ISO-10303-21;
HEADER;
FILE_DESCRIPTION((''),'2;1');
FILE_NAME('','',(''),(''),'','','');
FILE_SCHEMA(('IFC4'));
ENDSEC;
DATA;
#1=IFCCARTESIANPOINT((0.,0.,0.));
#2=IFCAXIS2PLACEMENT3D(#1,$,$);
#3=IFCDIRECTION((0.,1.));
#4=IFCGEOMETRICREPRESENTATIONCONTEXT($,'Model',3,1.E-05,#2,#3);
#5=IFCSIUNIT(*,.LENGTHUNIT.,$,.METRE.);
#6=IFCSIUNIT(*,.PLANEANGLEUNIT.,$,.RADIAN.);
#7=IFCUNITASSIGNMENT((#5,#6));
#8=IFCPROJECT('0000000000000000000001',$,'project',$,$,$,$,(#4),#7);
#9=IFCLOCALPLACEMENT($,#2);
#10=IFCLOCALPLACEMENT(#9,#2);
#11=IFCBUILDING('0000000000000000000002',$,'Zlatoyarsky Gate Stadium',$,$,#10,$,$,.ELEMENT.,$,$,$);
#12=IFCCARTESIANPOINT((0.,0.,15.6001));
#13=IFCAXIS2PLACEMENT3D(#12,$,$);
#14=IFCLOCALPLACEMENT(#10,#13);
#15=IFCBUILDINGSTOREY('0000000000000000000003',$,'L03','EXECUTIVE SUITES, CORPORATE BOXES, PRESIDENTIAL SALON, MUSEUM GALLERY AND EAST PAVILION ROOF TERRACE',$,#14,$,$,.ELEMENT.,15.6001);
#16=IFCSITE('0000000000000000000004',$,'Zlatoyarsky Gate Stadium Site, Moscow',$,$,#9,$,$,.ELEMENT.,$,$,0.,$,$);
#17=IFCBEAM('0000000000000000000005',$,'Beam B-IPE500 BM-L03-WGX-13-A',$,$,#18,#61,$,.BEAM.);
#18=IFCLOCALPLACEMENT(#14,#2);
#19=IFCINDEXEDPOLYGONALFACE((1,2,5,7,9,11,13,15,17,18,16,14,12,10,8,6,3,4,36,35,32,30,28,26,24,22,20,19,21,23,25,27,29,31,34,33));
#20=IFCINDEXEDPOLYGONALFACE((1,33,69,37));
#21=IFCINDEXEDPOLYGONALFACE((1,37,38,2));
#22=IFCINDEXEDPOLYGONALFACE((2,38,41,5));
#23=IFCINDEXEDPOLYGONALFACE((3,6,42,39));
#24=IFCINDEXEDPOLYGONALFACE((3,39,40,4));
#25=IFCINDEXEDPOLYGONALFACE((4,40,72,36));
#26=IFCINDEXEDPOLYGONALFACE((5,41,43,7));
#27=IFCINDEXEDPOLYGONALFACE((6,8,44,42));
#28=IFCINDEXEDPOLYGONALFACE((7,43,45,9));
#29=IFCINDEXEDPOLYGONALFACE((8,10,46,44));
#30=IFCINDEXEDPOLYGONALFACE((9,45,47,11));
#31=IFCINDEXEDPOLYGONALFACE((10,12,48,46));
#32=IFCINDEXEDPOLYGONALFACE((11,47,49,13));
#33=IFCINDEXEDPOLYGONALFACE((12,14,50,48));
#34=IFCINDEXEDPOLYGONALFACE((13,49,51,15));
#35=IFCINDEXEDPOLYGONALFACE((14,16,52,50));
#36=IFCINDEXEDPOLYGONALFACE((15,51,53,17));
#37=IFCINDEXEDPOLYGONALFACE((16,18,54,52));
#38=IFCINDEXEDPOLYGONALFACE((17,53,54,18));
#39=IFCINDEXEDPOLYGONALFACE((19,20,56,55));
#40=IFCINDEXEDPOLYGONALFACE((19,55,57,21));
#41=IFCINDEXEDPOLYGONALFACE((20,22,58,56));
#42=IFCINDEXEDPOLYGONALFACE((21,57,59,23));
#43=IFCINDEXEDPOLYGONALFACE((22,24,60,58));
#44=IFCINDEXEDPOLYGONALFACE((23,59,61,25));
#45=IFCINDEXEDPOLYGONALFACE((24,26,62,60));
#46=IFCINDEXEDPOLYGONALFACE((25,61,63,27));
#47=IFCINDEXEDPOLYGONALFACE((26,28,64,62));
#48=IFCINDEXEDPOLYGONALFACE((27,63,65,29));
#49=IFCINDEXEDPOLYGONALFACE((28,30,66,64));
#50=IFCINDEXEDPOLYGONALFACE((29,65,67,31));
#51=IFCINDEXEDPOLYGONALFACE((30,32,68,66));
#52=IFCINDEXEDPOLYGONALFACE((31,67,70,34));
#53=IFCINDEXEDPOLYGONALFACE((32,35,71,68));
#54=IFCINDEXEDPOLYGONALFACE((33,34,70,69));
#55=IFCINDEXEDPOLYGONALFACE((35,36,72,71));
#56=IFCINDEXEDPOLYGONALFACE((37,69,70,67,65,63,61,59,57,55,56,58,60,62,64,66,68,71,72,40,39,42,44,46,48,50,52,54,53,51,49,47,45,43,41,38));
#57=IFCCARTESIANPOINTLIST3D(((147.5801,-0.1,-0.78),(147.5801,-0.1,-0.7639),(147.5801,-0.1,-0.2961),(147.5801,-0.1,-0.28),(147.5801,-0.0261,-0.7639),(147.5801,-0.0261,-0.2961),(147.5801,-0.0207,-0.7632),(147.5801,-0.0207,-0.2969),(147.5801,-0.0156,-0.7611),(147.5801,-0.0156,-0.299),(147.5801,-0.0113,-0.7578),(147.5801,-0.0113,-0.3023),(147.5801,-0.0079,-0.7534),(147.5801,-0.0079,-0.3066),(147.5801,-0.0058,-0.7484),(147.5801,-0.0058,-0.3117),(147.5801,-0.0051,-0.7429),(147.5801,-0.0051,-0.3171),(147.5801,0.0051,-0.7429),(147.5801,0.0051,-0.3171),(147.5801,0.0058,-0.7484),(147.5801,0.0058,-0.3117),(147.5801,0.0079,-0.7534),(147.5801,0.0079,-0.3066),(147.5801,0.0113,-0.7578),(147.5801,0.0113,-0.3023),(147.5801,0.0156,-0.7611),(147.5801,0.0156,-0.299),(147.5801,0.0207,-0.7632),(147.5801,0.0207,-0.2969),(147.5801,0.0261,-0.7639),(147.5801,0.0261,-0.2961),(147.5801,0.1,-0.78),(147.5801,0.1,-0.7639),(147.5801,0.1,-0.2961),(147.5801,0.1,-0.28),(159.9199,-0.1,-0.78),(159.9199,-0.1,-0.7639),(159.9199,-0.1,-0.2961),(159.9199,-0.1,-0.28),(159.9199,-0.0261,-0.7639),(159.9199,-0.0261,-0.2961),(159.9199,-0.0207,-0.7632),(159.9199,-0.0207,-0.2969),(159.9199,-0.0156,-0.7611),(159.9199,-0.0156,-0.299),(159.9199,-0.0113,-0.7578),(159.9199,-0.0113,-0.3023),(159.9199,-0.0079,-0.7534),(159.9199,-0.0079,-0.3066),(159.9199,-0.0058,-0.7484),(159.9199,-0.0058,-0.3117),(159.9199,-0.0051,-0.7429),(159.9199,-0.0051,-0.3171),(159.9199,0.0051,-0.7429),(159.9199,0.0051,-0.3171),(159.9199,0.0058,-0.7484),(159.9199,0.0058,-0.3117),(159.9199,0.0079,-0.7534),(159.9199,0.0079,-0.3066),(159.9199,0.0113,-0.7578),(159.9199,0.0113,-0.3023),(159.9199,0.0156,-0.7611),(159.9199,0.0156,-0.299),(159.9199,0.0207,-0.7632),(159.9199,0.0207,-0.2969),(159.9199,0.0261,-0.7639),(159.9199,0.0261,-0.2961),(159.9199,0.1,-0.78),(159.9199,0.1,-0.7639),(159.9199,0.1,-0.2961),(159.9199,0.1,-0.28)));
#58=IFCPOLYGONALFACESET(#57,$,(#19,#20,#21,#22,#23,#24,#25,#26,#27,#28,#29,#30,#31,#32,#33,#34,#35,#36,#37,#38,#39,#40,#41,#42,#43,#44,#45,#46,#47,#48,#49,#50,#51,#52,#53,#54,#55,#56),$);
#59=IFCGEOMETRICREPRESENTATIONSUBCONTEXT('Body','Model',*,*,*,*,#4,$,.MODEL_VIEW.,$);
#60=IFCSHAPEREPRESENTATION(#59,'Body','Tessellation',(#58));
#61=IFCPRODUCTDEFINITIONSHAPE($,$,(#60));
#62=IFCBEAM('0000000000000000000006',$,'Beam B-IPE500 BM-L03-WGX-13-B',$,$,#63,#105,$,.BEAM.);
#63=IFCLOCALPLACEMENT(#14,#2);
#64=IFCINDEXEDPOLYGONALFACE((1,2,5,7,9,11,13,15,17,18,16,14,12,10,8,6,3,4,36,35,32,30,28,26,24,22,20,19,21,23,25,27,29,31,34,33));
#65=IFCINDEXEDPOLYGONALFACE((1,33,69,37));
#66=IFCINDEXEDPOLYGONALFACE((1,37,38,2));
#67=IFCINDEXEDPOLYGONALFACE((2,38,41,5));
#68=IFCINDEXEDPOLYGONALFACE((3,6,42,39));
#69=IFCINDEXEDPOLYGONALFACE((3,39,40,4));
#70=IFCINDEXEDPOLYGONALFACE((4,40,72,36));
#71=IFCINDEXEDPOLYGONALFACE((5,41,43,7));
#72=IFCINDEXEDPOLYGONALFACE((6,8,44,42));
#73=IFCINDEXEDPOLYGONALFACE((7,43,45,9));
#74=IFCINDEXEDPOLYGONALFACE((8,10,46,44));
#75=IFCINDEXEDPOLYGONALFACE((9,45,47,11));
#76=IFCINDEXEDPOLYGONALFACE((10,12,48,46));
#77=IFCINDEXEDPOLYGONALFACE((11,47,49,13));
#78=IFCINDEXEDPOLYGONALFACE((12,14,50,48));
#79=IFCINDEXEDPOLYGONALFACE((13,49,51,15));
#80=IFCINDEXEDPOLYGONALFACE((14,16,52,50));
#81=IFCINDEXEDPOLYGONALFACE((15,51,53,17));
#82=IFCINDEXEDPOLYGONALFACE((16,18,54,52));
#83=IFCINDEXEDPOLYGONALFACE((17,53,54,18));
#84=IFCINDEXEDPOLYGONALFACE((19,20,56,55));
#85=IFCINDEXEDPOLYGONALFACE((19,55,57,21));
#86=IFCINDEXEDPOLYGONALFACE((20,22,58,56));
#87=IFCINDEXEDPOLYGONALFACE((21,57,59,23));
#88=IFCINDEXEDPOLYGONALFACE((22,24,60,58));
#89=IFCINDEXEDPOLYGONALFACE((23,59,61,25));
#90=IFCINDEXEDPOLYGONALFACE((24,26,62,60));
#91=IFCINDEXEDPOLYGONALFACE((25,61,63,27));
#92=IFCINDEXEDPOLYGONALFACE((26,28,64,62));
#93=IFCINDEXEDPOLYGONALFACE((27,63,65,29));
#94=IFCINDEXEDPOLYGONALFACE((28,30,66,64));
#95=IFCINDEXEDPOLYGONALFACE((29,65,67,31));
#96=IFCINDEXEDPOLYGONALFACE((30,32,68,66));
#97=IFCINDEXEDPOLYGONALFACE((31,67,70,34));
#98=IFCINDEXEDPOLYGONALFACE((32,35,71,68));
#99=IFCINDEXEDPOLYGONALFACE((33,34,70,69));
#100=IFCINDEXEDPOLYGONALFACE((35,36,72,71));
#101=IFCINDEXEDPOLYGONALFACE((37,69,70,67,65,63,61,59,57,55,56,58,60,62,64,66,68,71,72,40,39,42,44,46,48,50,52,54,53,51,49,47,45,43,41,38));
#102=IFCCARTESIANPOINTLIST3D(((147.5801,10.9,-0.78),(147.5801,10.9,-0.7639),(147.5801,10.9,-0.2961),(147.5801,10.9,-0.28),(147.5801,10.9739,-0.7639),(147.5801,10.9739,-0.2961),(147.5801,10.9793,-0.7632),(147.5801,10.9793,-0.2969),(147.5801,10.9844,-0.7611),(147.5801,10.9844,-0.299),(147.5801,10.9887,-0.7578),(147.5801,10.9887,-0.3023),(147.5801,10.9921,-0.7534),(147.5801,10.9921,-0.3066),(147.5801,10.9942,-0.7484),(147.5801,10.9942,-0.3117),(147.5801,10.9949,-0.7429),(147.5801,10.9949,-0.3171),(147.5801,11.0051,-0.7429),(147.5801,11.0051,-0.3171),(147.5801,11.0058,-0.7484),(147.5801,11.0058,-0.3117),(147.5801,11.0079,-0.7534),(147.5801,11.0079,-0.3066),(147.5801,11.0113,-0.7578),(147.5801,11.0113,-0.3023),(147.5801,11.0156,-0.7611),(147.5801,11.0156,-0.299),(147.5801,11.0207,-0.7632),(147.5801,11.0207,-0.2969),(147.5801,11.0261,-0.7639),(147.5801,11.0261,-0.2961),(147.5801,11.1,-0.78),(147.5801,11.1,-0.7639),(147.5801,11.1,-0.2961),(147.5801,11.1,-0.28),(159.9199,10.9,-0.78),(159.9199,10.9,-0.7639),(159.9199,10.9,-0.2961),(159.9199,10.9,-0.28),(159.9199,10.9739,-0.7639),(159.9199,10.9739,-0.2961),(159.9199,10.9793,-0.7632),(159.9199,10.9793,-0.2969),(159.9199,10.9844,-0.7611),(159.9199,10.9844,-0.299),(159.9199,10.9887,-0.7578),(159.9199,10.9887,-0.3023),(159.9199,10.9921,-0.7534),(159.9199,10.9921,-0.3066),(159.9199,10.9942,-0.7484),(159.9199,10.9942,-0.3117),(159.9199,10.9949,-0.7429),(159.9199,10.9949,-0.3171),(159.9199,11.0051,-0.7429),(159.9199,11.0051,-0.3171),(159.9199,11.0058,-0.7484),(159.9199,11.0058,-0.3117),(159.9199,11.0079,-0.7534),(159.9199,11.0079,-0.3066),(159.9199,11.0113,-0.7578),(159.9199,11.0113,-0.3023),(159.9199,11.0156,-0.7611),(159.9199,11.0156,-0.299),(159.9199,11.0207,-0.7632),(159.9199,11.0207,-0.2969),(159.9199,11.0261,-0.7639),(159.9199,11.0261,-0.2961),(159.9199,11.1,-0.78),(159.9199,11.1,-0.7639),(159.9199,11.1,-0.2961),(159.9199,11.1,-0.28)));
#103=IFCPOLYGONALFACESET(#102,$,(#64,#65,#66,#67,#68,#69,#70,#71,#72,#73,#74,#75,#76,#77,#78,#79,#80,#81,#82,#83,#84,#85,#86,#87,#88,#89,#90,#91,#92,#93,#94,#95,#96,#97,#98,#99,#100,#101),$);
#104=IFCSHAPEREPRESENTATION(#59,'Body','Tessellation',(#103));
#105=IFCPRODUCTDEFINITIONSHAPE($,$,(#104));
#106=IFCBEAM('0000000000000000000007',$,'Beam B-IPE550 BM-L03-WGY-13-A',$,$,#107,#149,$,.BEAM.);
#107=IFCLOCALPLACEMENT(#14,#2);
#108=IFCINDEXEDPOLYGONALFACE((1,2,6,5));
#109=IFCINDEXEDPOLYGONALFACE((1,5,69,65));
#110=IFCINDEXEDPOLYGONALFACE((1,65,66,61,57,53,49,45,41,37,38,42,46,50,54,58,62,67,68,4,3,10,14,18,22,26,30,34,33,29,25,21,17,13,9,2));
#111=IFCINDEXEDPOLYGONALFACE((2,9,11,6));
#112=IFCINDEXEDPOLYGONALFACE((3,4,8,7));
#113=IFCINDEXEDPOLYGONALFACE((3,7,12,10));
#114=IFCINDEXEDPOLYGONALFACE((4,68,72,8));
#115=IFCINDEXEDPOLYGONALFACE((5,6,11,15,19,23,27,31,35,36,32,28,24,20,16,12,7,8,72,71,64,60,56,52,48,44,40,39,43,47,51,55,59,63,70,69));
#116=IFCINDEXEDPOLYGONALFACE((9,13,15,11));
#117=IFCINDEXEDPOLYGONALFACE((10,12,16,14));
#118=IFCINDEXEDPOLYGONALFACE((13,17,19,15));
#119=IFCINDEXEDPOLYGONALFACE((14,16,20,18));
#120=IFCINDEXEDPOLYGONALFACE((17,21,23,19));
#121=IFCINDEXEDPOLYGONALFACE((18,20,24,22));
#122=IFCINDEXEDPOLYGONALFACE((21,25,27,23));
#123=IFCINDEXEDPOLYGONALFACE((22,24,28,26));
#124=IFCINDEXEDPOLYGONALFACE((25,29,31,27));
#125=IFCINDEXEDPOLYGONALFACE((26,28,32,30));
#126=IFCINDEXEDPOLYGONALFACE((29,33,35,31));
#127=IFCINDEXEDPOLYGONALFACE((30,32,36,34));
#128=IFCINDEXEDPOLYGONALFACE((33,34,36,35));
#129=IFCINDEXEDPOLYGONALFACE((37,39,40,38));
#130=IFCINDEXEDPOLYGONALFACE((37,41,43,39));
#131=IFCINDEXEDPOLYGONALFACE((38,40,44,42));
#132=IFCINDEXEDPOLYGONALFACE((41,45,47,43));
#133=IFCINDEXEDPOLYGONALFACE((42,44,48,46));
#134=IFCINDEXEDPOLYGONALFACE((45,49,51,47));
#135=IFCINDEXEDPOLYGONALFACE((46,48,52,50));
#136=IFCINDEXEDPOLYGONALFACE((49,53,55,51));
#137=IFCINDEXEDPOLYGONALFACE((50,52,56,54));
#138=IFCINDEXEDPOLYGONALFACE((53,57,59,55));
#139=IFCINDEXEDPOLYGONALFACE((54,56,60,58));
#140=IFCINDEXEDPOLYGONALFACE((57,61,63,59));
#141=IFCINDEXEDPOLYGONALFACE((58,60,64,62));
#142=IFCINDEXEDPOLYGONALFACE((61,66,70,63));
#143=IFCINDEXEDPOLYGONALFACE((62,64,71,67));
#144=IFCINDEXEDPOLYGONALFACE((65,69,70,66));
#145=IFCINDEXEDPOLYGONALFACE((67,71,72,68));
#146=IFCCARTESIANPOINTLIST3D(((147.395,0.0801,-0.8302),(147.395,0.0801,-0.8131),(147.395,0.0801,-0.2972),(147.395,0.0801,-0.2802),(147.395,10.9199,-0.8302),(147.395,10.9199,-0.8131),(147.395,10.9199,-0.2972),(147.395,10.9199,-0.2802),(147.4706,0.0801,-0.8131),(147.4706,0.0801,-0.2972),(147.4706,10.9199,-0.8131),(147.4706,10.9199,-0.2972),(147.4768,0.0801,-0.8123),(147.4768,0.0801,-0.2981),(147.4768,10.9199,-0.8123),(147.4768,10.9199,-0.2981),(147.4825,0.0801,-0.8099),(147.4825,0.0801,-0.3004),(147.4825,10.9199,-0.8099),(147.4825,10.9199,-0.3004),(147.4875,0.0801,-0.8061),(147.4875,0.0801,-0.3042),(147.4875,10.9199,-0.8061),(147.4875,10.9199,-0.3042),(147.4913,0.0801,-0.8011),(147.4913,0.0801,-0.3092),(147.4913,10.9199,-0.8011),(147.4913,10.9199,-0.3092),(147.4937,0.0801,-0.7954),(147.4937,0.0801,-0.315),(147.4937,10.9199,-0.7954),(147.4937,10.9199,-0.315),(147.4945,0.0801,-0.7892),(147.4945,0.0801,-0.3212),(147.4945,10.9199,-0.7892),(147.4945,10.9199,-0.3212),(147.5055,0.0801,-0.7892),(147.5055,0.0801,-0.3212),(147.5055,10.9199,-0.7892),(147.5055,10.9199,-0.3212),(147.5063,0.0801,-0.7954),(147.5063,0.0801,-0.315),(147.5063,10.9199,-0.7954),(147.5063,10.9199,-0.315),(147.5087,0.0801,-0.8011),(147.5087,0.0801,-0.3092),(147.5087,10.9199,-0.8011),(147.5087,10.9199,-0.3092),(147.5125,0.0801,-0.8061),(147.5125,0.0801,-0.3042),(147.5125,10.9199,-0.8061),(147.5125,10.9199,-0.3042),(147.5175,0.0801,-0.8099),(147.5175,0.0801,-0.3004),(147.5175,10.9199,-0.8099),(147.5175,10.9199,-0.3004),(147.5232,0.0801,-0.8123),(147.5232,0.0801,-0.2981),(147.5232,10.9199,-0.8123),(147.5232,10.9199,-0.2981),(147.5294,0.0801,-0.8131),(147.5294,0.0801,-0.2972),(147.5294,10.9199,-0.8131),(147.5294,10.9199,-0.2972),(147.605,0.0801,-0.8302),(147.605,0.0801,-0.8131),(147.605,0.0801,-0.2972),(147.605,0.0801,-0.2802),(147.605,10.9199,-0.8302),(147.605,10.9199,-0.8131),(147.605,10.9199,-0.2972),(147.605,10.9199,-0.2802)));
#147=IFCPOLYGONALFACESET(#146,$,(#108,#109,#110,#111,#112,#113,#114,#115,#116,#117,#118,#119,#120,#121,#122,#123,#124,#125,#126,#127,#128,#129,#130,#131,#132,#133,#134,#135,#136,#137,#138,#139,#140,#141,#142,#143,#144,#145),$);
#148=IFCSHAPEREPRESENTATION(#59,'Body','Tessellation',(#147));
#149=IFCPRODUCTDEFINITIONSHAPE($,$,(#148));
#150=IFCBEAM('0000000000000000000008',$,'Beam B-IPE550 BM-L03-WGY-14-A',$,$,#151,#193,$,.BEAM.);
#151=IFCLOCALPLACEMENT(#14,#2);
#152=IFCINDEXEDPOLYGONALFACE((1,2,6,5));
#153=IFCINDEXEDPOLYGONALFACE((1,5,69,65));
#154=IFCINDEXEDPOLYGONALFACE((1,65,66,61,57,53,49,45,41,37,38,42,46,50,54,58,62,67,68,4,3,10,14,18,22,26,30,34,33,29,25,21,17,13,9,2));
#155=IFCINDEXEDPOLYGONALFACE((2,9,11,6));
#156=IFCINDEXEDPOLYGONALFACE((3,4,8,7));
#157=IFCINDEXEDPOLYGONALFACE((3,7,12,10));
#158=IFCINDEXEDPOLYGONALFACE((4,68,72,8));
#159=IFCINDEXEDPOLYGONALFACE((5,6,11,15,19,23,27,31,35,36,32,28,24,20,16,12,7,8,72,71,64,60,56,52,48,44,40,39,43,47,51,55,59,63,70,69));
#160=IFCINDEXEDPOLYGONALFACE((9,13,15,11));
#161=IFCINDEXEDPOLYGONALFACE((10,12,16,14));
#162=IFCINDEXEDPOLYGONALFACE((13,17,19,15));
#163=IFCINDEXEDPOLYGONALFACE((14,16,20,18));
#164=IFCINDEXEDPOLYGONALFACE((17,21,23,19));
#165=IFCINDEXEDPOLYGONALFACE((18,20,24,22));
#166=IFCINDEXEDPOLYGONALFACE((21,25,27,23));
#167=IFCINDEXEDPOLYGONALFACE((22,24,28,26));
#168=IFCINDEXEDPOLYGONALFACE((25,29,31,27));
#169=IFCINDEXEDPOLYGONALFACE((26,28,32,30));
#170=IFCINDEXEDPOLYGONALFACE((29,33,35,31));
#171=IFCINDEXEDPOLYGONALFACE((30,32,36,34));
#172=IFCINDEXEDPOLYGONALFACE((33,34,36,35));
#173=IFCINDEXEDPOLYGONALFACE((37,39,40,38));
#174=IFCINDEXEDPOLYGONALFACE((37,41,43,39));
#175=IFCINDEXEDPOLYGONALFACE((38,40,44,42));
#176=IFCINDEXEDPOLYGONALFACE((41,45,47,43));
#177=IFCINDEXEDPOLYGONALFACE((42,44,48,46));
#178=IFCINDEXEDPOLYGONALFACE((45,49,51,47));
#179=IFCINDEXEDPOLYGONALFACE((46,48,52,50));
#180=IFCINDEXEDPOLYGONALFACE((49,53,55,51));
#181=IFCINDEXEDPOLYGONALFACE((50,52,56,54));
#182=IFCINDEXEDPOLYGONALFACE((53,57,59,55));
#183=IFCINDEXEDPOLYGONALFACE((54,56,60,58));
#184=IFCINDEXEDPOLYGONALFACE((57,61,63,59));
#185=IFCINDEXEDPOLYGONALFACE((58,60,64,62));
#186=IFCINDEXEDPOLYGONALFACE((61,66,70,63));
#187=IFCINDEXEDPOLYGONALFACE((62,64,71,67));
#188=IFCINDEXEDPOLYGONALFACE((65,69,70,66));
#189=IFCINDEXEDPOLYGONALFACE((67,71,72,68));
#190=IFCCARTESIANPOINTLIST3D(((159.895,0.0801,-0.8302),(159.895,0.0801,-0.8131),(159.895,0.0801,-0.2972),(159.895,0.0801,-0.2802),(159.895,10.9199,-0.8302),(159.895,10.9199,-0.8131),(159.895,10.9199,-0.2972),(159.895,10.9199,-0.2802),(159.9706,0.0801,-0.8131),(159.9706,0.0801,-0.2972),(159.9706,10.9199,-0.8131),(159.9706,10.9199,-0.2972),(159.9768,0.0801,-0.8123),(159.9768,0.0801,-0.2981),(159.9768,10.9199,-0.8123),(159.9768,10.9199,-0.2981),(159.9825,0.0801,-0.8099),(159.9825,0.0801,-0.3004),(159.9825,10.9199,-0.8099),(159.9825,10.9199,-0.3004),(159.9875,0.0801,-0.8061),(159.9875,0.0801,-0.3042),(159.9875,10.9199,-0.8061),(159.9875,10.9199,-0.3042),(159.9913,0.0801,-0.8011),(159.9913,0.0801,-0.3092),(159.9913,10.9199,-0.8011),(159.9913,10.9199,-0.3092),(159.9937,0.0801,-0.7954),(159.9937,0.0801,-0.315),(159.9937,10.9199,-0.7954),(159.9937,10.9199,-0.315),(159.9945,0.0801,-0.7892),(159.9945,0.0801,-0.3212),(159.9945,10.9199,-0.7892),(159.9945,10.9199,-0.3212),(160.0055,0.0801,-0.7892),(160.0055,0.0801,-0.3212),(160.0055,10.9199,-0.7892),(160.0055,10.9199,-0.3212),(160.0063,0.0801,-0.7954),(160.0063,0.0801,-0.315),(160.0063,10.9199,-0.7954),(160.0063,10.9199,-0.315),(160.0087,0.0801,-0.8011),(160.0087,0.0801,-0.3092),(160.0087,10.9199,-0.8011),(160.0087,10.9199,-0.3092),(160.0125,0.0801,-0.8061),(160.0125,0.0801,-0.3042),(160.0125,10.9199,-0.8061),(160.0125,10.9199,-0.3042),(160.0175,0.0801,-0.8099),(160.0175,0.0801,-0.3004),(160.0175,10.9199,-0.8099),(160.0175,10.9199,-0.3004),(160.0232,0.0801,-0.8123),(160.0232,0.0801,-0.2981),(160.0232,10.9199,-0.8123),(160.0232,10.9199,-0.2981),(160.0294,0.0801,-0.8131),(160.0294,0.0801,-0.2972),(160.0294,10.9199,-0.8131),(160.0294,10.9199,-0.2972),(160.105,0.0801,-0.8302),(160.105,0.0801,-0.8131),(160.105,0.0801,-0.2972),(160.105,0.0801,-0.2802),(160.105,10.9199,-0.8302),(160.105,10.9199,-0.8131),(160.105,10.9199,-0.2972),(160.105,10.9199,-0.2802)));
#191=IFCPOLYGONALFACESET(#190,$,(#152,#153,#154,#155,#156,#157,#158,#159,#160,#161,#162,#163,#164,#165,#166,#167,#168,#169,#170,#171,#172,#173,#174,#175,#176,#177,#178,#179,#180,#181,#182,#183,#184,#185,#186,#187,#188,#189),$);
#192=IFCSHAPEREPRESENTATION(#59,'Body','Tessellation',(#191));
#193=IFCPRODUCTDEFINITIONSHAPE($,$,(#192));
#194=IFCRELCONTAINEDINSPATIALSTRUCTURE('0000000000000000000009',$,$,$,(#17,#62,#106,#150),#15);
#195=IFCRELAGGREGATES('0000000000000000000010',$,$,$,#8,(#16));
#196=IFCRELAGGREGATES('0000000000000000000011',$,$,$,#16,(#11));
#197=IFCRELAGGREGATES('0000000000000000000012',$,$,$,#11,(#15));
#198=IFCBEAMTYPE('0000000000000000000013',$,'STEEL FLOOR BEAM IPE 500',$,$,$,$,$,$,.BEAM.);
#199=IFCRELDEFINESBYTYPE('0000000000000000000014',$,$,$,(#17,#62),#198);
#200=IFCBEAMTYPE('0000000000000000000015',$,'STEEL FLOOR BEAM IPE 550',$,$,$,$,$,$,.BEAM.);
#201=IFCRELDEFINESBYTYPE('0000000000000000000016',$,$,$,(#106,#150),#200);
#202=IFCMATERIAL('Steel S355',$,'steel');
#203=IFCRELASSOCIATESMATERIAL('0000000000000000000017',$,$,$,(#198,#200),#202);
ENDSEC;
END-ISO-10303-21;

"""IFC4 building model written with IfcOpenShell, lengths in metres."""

from ifc_helpers import new_model, si_unit, direction, frame, origin, origin_2d, place, context, subcontext, project, spatial, i_section, extrude, material, material_profile, profile_set, type_object, element, save


model = new_model("IFC4")

# Units and contexts
model_context = context("Model", 3, precision=1e-05, world=origin(), true_north=direction((0.0, 1.0)))
body_context = subcontext(model_context, "Body", "Model", "MODEL_VIEW")
ifc_project = project(units=[si_unit("LENGTHUNIT", "METRE"), si_unit("PLANEANGLEUNIT", "RADIAN")], contexts=[model_context])

# Site, building, storey
site_placement = place(None, origin())
site = spatial("IfcSite", under=ifc_project, at=site_placement, Name="Zlatoyarsky Gate Stadium Site, Moscow", CompositionType="ELEMENT", RefElevation=0.0)
building_placement = place(site_placement, origin())
building = spatial("IfcBuilding", under=site, at=building_placement, Name="Zlatoyarsky Gate Stadium", CompositionType="ELEMENT")
storey_placement = place(building_placement, frame((0.0, 0.0, 15.6001)))
storey = spatial("IfcBuildingStorey", under=building, at=storey_placement, Name="L03", Description="EXECUTIVE SUITES, CORPORATE BOXES, PRESIDENTIAL SALON, MUSEUM GALLERY AND EAST PAVILION ROOF TERRACE", CompositionType="ELEMENT", Elevation=15.6001)

# Beams
ifc_material_1 = material(Name="Steel S355", Category="steel")
ifc_material_profile_1 = material_profile(ifc_material_1, i_section(OverallWidth=0.2, OverallDepth=0.5, WebThickness=0.0103, FlangeThickness=0.0161, FilletRadius=0.021, at=origin_2d()), Name="IPE 500")
ifc_profile_set_1 = profile_set([ifc_material_profile_1], Name="Steel S355")
beam_type_1 = type_object("IfcBeamType", Name="STEEL FLOOR BEAM IPE 500", PredefinedType="BEAM", material=ifc_profile_set_1)
for number, where, z_axis, x_axis, name in (
    (1, (147.5801, 0.0, -0.53), (1.0, 0.0, 0.0), (0.0, 1.0, 0.0), "Beam B-IPE500 BM-L03-WGX-13-A"),
    (2, (147.5801, 11.0, -0.53), (1.0, 0.0, 0.0), (0.0, 1.0, 0.0), "Beam B-IPE500 BM-L03-WGX-13-B"),
):
    element("IfcBeam", number, at=place(storey_placement, frame(where, z_axis=z_axis, x_axis=x_axis)), inside=storey, type_object=beam_type_1, Name=name, PredefinedType="BEAM", context=body_context, shape_type="SweptSolid", body=[
        extrude(i_section(OverallWidth=0.2, OverallDepth=0.5, WebThickness=0.0103, FlangeThickness=0.0161, FilletRadius=0.021, at=origin_2d()), origin(), (0.0, 0.0, 1.0), 12.3398),
    ])
ifc_material_profile_2 = material_profile(ifc_material_1, i_section(OverallWidth=0.21, OverallDepth=0.55, WebThickness=0.011, FlangeThickness=0.0171, FilletRadius=0.0239, at=origin_2d()), Name="IPE 550")
ifc_profile_set_2 = profile_set([ifc_material_profile_2], Name="Steel S355")
beam_type_2 = type_object("IfcBeamType", Name="STEEL FLOOR BEAM IPE 550", PredefinedType="BEAM", material=ifc_profile_set_2)
for number, where, z_axis, x_axis, name in (
    (3, (147.5, 0.0801, -0.5552), (0.0, 1.0, 0.0), (-1.0, 0.0, 0.0), "Beam B-IPE550 BM-L03-WGY-13-A"),
    (4, (160.0, 0.0801, -0.5552), (0.0, 1.0, 0.0), (-1.0, 0.0, 0.0), "Beam B-IPE550 BM-L03-WGY-14-A"),
):
    element("IfcBeam", number, at=place(storey_placement, frame(where, z_axis=z_axis, x_axis=x_axis)), inside=storey, type_object=beam_type_2, Name=name, PredefinedType="BEAM", context=body_context, shape_type="SweptSolid", body=[
        extrude(i_section(OverallWidth=0.21, OverallDepth=0.55, WebThickness=0.011, FlangeThickness=0.0171, FilletRadius=0.0239, at=origin_2d()), origin(), (0.0, 0.0, 1.0), 10.8398),
    ])

save(model, "model.ifc")
